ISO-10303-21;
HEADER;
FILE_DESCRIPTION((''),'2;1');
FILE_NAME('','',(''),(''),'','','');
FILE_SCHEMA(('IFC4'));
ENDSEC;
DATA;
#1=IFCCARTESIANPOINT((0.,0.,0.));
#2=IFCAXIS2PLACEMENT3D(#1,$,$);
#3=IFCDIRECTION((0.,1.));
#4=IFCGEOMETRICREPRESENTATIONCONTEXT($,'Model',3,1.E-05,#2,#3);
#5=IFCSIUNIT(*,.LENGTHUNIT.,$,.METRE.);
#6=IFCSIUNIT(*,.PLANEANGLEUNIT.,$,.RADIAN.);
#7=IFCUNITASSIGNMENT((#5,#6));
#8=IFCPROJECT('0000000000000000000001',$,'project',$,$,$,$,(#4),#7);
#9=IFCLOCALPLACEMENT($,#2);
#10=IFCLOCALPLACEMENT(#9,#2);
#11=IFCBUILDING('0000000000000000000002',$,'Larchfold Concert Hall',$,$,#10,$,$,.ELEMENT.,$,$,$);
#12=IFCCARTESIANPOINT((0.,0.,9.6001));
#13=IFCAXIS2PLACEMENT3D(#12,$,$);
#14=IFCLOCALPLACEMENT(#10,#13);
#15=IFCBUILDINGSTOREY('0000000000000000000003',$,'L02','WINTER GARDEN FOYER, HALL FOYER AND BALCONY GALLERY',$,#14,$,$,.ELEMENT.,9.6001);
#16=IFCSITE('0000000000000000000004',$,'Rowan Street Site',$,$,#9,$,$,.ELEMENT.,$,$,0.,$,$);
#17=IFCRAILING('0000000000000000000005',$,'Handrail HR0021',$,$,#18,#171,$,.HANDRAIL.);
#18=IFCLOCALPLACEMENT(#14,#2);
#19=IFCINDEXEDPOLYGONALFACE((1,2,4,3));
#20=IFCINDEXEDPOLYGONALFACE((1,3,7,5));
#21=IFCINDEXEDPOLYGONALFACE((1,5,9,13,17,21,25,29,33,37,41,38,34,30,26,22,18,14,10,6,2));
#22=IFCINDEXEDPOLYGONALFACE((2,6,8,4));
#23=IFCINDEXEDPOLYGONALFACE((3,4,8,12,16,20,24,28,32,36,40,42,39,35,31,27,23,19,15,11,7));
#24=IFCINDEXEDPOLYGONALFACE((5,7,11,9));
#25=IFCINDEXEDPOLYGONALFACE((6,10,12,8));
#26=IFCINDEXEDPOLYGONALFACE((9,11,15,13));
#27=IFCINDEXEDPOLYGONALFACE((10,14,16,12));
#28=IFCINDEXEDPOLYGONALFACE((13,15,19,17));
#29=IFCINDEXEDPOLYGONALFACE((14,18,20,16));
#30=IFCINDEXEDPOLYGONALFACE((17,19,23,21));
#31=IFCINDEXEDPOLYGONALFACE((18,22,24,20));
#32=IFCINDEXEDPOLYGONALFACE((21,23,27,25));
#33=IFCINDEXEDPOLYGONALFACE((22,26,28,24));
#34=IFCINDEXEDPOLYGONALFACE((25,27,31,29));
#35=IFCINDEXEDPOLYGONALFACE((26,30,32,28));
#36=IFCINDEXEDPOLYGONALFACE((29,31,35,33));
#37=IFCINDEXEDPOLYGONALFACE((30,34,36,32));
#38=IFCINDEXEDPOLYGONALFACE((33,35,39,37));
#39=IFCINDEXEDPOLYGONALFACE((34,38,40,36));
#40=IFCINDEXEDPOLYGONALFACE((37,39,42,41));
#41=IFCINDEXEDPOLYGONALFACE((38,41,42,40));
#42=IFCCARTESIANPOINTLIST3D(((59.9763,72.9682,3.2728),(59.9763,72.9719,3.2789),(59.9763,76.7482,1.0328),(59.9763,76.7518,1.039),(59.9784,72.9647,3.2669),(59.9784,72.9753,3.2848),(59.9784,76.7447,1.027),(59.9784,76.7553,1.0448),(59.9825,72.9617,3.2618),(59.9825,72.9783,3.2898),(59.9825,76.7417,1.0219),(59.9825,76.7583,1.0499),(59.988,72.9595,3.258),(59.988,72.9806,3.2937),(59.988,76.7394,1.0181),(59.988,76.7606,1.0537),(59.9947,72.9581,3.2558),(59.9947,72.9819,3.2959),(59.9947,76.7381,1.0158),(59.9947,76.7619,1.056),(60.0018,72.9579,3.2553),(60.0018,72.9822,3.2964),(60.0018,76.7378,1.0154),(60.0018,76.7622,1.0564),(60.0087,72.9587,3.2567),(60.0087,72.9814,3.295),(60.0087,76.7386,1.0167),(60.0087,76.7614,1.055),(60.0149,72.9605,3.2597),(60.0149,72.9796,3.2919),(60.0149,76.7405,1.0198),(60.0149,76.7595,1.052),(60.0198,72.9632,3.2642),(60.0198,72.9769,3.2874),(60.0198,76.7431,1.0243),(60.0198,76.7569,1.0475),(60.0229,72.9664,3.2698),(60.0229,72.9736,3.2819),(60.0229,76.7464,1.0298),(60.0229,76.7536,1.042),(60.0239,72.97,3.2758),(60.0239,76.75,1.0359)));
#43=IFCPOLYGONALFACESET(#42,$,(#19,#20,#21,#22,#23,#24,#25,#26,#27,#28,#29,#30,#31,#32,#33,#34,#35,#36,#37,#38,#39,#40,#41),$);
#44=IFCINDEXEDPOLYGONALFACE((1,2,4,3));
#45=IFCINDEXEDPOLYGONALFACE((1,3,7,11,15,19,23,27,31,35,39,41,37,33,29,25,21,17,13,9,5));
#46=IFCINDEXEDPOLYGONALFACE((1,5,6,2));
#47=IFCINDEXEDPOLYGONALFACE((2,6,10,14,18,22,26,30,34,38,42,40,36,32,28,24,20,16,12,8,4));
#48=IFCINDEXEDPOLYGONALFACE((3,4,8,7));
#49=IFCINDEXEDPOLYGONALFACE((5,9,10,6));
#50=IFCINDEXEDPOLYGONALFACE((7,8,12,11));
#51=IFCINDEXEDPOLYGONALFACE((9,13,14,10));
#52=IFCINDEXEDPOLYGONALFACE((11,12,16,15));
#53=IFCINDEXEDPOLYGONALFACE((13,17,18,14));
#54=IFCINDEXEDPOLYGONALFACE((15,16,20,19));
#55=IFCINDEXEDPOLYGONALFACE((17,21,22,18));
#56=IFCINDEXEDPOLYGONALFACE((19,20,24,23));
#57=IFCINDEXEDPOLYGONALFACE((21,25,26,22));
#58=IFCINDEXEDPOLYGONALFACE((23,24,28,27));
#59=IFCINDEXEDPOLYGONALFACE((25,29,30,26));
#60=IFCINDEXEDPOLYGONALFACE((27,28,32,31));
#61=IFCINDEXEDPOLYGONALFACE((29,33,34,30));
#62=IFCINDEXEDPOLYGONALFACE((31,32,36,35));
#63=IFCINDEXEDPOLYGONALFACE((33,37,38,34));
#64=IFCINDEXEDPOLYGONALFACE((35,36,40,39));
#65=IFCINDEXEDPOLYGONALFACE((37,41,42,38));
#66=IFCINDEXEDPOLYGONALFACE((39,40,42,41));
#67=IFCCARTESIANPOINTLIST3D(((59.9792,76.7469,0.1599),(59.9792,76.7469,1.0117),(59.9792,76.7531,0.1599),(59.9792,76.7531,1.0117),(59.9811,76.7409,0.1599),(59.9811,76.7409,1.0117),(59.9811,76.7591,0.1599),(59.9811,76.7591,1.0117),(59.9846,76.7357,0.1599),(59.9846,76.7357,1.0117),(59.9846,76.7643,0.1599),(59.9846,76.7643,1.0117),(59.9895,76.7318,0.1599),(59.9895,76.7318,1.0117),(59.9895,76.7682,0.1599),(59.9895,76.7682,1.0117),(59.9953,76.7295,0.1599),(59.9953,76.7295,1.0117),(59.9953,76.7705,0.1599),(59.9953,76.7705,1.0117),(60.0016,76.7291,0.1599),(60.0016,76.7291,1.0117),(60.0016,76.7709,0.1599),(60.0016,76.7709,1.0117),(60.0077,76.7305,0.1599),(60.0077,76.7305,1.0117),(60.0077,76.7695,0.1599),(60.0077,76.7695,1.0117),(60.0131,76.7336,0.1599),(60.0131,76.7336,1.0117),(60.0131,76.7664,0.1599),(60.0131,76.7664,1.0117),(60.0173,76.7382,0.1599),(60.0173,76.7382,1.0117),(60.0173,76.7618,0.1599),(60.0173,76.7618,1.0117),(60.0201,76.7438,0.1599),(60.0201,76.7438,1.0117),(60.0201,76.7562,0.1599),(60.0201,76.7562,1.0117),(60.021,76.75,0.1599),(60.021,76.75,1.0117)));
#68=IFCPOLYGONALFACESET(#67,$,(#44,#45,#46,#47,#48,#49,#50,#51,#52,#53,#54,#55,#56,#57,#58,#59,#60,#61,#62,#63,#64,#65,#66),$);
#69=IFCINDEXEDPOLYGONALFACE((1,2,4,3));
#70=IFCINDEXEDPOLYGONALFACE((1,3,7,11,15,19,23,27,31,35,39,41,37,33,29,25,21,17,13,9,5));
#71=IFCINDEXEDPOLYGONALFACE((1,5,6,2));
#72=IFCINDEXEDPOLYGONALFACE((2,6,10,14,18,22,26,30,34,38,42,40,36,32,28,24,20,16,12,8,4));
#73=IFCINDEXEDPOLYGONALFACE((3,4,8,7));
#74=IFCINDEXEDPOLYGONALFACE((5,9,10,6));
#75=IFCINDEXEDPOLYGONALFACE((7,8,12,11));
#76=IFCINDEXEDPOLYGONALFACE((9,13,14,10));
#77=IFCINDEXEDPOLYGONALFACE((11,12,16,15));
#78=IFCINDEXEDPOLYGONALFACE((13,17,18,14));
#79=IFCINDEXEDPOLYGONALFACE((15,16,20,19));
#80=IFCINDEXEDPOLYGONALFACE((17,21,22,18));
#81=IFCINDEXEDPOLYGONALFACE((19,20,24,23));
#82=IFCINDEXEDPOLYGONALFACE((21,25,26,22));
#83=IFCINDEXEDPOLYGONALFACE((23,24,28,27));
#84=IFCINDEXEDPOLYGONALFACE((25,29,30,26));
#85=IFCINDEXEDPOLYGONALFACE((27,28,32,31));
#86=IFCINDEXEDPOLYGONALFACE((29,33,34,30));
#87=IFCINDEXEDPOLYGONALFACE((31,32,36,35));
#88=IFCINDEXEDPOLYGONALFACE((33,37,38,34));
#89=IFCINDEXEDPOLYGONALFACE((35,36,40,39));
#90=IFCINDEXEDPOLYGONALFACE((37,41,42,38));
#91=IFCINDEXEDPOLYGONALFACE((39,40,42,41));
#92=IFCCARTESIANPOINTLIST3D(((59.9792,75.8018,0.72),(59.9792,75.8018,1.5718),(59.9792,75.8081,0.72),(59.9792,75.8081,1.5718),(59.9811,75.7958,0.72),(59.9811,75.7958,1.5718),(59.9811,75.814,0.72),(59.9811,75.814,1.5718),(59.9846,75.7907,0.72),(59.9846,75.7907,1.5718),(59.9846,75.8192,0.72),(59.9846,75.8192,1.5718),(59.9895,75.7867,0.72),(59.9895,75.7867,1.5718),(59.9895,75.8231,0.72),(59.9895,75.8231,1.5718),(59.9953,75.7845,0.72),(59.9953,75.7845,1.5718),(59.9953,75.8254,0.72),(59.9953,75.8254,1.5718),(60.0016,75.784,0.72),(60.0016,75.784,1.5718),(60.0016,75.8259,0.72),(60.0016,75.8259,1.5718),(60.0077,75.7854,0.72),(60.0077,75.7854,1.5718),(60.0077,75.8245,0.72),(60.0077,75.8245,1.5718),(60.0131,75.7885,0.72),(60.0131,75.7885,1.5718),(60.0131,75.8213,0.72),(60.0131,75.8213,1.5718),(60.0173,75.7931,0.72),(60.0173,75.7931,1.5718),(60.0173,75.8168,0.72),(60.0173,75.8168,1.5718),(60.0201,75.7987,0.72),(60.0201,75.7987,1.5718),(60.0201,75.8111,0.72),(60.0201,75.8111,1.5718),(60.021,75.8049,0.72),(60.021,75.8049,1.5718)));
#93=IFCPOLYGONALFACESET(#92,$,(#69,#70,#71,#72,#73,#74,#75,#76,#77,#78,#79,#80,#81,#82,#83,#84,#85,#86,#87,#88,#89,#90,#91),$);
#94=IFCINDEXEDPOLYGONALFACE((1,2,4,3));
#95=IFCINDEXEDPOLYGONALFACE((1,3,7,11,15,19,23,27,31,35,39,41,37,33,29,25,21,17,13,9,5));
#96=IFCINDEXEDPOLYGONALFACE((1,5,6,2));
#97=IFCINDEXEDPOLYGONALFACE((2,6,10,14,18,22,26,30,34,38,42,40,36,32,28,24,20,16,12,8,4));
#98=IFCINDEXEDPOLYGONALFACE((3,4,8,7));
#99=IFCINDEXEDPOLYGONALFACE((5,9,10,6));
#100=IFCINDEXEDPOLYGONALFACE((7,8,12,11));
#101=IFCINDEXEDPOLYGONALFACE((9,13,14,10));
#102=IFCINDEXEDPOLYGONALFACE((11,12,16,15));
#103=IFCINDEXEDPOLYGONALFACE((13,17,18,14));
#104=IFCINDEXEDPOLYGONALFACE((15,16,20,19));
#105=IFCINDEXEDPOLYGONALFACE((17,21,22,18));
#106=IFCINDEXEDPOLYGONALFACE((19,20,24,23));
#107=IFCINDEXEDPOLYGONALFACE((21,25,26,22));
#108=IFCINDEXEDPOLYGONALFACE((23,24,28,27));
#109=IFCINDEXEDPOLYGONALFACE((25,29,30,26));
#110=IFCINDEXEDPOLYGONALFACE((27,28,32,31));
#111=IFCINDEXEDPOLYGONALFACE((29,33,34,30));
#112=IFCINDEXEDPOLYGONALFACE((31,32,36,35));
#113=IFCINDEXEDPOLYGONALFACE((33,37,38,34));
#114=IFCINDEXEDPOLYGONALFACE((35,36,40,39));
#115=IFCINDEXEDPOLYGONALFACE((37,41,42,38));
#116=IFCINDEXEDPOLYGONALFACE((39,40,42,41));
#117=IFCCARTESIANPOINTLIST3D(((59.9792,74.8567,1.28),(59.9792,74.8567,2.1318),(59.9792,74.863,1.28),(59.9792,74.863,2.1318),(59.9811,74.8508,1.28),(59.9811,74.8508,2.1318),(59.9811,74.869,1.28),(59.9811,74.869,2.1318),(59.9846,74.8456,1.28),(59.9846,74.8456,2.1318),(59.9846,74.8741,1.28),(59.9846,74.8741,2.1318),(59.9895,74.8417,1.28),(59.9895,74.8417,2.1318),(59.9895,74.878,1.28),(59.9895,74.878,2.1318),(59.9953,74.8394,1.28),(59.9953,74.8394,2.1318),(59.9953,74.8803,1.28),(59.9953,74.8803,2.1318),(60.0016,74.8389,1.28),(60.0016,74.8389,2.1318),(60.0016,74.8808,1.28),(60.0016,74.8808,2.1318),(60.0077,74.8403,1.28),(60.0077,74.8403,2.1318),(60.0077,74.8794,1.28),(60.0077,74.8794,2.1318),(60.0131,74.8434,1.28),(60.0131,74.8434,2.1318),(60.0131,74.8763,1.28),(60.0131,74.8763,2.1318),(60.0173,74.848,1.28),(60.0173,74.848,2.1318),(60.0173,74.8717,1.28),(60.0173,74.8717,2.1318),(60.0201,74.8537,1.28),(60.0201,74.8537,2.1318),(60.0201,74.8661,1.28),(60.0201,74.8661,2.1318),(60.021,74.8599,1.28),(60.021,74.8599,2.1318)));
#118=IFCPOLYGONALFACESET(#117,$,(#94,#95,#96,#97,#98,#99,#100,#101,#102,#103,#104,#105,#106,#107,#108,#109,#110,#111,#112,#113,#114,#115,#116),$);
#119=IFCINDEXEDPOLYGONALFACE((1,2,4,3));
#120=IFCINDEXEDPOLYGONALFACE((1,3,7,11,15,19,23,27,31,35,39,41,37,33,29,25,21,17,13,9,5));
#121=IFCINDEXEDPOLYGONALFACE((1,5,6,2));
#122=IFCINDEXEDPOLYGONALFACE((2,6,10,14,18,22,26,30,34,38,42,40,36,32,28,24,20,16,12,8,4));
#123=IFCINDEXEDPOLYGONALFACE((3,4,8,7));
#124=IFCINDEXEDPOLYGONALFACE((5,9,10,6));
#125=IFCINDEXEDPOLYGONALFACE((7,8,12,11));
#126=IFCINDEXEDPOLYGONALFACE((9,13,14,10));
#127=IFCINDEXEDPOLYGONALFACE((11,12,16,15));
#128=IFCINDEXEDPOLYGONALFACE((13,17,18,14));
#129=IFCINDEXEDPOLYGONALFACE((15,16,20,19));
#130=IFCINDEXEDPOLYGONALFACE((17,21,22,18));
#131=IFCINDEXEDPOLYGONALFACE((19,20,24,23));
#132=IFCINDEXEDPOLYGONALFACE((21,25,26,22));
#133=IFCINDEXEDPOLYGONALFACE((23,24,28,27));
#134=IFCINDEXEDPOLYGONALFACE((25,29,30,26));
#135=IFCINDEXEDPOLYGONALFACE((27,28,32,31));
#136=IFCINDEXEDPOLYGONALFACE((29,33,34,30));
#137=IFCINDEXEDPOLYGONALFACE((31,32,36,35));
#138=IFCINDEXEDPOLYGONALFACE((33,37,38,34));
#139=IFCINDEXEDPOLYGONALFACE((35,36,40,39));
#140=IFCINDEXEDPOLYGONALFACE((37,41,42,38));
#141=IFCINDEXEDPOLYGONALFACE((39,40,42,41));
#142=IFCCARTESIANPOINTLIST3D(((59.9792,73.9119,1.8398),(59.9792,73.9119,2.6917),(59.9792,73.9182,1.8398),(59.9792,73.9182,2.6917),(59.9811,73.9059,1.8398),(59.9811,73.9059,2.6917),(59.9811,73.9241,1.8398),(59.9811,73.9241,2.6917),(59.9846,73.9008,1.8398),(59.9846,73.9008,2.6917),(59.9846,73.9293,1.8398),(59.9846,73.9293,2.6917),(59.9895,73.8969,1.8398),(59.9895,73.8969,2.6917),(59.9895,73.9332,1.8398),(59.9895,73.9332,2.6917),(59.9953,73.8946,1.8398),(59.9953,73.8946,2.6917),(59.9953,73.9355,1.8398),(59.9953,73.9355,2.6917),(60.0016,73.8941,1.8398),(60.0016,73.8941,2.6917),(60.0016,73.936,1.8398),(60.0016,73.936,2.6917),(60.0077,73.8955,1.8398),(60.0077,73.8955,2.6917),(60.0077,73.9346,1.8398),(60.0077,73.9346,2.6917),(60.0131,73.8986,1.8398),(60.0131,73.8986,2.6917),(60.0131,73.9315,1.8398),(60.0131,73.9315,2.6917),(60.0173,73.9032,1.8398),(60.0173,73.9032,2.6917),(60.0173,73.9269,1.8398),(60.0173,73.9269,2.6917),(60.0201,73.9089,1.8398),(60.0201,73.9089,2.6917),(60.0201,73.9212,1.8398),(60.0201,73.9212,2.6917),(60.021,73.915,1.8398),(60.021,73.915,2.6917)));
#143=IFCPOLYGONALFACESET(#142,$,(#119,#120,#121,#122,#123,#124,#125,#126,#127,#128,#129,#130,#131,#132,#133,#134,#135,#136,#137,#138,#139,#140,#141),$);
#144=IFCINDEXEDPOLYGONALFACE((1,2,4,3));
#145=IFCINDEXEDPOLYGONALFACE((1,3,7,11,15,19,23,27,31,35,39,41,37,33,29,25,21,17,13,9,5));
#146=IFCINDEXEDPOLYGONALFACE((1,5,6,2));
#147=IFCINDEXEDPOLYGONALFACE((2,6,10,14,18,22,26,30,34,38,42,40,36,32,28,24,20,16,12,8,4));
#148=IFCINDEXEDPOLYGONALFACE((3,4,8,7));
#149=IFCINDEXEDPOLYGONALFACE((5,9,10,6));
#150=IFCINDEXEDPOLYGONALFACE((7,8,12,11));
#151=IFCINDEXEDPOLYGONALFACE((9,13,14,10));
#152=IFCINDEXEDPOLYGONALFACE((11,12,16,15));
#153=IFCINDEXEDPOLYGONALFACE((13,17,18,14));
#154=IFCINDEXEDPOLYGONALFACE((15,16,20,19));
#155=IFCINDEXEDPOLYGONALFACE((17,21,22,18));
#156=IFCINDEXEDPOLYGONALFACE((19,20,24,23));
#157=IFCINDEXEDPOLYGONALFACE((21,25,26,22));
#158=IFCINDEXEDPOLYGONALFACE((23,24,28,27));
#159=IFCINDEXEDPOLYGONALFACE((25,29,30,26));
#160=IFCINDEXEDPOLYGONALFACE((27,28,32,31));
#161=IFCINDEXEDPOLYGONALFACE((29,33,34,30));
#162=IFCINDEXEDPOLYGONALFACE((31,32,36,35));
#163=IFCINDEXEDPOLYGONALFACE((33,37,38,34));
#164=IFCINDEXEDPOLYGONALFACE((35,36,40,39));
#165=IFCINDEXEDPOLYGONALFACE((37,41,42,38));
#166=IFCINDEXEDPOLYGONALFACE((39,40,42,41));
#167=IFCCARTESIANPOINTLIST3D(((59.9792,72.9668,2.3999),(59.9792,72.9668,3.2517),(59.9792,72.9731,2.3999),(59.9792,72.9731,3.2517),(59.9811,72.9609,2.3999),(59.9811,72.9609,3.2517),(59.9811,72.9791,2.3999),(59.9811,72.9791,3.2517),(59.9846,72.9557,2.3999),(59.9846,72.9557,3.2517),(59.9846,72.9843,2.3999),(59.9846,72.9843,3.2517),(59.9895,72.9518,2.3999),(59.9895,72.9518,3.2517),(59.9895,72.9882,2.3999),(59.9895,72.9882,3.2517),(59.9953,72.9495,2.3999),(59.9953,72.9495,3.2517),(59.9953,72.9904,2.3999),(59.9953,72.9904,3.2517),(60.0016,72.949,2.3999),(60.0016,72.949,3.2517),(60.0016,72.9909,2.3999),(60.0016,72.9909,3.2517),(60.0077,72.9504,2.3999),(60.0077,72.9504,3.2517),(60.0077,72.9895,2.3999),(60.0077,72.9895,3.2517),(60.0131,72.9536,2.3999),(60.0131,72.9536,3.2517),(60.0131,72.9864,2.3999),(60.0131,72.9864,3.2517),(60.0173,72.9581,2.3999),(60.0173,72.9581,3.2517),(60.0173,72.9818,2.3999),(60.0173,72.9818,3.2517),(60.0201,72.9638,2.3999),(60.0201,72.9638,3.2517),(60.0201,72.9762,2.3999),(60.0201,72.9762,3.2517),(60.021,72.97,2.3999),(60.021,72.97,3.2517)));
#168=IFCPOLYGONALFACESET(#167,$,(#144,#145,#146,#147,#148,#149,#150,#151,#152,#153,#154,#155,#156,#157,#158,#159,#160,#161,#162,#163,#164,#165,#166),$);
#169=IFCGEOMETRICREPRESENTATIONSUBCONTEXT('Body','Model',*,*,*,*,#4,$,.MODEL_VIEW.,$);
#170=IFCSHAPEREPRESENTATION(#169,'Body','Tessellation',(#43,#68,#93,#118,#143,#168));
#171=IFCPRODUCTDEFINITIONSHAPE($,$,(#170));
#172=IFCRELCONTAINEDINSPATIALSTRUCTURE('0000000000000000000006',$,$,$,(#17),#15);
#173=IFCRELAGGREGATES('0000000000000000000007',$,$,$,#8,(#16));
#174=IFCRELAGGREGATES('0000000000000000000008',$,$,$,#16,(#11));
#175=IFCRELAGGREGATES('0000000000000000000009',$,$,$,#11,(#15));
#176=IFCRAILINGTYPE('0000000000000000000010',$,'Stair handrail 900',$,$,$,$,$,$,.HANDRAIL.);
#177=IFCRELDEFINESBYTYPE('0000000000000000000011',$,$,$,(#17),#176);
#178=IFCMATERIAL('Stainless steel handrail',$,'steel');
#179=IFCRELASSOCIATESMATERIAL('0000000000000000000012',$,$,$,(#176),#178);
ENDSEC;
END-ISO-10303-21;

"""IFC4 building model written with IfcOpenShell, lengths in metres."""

from ifc_helpers import new_model, si_unit, direction, frame, origin, origin_2d, place, context, subcontext, project, spatial, circle, extrude, material, type_object, element, save


model = new_model("IFC4")

# Units and contexts
model_context = context("Model", 3, precision=1e-05, world=origin(), true_north=direction((0.0, 1.0)))
body_context = subcontext(model_context, "Body", "Model", "MODEL_VIEW")
ifc_project = project(units=[si_unit("LENGTHUNIT", "METRE"), si_unit("PLANEANGLEUNIT", "RADIAN")], contexts=[model_context])

# Site, building, storey
site_placement = place(None, origin())
site = spatial("IfcSite", under=ifc_project, at=site_placement, Name="Rowan Street Site", CompositionType="ELEMENT", RefElevation=0.0)
building_placement = place(site_placement, origin())
building = spatial("IfcBuilding", under=site, at=building_placement, Name="Larchfold Concert Hall", CompositionType="ELEMENT")
storey_placement = place(building_placement, frame((0.0, 0.0, 9.6001)))
storey = spatial("IfcBuildingStorey", under=building, at=storey_placement, Name="L02", Description="WINTER GARDEN FOYER, HALL FOYER AND BALCONY GALLERY", CompositionType="ELEMENT", Elevation=9.6001)

# Railing
ifc_material_1 = material(Name="Stainless steel handrail", Category="steel")
railing_type_1 = type_object("IfcRailingType", Name="Stair handrail 900", PredefinedType="HANDRAIL", material=ifc_material_1)
railing_1_placement = place(storey_placement, frame((60.0, 76.75, 0.1599)))
element("IfcRailing", 1, at=railing_1_placement, inside=storey, type_object=railing_type_1, Name="Handrail HR0021", PredefinedType="HANDRAIL", context=body_context, shape_type="SweptSolid", body=[
    extrude(circle(Radius=0.0239, at=origin_2d()), frame((0.0, 0.0, 0.876), z_axis=(0.0, -0.860294, 0.509798), x_axis=(1.0, 0.0, 0.0)), (0.0, 0.0, 1.0), 4.3938),
    extrude(circle(Radius=0.021, at=origin_2d()), origin(), (0.0, 0.0, 1.0), 0.8518),
    extrude(circle(Radius=0.021, at=origin_2d()), frame((0.0, -0.9451, 0.5601)), (0.0, 0.0, 1.0), 0.8518),
    extrude(circle(Radius=0.021, at=origin_2d()), frame((0.0, -1.8901, 1.1201)), (0.0, 0.0, 1.0), 0.8518),
    extrude(circle(Radius=0.021, at=origin_2d()), frame((0.0, -2.835, 1.6799)), (0.0, 0.0, 1.0), 0.8518),
    extrude(circle(Radius=0.021, at=origin_2d()), frame((0.0, -3.78, 2.24)), (0.0, 0.0, 1.0), 0.8518),
])

save(model, "model.ifc")
